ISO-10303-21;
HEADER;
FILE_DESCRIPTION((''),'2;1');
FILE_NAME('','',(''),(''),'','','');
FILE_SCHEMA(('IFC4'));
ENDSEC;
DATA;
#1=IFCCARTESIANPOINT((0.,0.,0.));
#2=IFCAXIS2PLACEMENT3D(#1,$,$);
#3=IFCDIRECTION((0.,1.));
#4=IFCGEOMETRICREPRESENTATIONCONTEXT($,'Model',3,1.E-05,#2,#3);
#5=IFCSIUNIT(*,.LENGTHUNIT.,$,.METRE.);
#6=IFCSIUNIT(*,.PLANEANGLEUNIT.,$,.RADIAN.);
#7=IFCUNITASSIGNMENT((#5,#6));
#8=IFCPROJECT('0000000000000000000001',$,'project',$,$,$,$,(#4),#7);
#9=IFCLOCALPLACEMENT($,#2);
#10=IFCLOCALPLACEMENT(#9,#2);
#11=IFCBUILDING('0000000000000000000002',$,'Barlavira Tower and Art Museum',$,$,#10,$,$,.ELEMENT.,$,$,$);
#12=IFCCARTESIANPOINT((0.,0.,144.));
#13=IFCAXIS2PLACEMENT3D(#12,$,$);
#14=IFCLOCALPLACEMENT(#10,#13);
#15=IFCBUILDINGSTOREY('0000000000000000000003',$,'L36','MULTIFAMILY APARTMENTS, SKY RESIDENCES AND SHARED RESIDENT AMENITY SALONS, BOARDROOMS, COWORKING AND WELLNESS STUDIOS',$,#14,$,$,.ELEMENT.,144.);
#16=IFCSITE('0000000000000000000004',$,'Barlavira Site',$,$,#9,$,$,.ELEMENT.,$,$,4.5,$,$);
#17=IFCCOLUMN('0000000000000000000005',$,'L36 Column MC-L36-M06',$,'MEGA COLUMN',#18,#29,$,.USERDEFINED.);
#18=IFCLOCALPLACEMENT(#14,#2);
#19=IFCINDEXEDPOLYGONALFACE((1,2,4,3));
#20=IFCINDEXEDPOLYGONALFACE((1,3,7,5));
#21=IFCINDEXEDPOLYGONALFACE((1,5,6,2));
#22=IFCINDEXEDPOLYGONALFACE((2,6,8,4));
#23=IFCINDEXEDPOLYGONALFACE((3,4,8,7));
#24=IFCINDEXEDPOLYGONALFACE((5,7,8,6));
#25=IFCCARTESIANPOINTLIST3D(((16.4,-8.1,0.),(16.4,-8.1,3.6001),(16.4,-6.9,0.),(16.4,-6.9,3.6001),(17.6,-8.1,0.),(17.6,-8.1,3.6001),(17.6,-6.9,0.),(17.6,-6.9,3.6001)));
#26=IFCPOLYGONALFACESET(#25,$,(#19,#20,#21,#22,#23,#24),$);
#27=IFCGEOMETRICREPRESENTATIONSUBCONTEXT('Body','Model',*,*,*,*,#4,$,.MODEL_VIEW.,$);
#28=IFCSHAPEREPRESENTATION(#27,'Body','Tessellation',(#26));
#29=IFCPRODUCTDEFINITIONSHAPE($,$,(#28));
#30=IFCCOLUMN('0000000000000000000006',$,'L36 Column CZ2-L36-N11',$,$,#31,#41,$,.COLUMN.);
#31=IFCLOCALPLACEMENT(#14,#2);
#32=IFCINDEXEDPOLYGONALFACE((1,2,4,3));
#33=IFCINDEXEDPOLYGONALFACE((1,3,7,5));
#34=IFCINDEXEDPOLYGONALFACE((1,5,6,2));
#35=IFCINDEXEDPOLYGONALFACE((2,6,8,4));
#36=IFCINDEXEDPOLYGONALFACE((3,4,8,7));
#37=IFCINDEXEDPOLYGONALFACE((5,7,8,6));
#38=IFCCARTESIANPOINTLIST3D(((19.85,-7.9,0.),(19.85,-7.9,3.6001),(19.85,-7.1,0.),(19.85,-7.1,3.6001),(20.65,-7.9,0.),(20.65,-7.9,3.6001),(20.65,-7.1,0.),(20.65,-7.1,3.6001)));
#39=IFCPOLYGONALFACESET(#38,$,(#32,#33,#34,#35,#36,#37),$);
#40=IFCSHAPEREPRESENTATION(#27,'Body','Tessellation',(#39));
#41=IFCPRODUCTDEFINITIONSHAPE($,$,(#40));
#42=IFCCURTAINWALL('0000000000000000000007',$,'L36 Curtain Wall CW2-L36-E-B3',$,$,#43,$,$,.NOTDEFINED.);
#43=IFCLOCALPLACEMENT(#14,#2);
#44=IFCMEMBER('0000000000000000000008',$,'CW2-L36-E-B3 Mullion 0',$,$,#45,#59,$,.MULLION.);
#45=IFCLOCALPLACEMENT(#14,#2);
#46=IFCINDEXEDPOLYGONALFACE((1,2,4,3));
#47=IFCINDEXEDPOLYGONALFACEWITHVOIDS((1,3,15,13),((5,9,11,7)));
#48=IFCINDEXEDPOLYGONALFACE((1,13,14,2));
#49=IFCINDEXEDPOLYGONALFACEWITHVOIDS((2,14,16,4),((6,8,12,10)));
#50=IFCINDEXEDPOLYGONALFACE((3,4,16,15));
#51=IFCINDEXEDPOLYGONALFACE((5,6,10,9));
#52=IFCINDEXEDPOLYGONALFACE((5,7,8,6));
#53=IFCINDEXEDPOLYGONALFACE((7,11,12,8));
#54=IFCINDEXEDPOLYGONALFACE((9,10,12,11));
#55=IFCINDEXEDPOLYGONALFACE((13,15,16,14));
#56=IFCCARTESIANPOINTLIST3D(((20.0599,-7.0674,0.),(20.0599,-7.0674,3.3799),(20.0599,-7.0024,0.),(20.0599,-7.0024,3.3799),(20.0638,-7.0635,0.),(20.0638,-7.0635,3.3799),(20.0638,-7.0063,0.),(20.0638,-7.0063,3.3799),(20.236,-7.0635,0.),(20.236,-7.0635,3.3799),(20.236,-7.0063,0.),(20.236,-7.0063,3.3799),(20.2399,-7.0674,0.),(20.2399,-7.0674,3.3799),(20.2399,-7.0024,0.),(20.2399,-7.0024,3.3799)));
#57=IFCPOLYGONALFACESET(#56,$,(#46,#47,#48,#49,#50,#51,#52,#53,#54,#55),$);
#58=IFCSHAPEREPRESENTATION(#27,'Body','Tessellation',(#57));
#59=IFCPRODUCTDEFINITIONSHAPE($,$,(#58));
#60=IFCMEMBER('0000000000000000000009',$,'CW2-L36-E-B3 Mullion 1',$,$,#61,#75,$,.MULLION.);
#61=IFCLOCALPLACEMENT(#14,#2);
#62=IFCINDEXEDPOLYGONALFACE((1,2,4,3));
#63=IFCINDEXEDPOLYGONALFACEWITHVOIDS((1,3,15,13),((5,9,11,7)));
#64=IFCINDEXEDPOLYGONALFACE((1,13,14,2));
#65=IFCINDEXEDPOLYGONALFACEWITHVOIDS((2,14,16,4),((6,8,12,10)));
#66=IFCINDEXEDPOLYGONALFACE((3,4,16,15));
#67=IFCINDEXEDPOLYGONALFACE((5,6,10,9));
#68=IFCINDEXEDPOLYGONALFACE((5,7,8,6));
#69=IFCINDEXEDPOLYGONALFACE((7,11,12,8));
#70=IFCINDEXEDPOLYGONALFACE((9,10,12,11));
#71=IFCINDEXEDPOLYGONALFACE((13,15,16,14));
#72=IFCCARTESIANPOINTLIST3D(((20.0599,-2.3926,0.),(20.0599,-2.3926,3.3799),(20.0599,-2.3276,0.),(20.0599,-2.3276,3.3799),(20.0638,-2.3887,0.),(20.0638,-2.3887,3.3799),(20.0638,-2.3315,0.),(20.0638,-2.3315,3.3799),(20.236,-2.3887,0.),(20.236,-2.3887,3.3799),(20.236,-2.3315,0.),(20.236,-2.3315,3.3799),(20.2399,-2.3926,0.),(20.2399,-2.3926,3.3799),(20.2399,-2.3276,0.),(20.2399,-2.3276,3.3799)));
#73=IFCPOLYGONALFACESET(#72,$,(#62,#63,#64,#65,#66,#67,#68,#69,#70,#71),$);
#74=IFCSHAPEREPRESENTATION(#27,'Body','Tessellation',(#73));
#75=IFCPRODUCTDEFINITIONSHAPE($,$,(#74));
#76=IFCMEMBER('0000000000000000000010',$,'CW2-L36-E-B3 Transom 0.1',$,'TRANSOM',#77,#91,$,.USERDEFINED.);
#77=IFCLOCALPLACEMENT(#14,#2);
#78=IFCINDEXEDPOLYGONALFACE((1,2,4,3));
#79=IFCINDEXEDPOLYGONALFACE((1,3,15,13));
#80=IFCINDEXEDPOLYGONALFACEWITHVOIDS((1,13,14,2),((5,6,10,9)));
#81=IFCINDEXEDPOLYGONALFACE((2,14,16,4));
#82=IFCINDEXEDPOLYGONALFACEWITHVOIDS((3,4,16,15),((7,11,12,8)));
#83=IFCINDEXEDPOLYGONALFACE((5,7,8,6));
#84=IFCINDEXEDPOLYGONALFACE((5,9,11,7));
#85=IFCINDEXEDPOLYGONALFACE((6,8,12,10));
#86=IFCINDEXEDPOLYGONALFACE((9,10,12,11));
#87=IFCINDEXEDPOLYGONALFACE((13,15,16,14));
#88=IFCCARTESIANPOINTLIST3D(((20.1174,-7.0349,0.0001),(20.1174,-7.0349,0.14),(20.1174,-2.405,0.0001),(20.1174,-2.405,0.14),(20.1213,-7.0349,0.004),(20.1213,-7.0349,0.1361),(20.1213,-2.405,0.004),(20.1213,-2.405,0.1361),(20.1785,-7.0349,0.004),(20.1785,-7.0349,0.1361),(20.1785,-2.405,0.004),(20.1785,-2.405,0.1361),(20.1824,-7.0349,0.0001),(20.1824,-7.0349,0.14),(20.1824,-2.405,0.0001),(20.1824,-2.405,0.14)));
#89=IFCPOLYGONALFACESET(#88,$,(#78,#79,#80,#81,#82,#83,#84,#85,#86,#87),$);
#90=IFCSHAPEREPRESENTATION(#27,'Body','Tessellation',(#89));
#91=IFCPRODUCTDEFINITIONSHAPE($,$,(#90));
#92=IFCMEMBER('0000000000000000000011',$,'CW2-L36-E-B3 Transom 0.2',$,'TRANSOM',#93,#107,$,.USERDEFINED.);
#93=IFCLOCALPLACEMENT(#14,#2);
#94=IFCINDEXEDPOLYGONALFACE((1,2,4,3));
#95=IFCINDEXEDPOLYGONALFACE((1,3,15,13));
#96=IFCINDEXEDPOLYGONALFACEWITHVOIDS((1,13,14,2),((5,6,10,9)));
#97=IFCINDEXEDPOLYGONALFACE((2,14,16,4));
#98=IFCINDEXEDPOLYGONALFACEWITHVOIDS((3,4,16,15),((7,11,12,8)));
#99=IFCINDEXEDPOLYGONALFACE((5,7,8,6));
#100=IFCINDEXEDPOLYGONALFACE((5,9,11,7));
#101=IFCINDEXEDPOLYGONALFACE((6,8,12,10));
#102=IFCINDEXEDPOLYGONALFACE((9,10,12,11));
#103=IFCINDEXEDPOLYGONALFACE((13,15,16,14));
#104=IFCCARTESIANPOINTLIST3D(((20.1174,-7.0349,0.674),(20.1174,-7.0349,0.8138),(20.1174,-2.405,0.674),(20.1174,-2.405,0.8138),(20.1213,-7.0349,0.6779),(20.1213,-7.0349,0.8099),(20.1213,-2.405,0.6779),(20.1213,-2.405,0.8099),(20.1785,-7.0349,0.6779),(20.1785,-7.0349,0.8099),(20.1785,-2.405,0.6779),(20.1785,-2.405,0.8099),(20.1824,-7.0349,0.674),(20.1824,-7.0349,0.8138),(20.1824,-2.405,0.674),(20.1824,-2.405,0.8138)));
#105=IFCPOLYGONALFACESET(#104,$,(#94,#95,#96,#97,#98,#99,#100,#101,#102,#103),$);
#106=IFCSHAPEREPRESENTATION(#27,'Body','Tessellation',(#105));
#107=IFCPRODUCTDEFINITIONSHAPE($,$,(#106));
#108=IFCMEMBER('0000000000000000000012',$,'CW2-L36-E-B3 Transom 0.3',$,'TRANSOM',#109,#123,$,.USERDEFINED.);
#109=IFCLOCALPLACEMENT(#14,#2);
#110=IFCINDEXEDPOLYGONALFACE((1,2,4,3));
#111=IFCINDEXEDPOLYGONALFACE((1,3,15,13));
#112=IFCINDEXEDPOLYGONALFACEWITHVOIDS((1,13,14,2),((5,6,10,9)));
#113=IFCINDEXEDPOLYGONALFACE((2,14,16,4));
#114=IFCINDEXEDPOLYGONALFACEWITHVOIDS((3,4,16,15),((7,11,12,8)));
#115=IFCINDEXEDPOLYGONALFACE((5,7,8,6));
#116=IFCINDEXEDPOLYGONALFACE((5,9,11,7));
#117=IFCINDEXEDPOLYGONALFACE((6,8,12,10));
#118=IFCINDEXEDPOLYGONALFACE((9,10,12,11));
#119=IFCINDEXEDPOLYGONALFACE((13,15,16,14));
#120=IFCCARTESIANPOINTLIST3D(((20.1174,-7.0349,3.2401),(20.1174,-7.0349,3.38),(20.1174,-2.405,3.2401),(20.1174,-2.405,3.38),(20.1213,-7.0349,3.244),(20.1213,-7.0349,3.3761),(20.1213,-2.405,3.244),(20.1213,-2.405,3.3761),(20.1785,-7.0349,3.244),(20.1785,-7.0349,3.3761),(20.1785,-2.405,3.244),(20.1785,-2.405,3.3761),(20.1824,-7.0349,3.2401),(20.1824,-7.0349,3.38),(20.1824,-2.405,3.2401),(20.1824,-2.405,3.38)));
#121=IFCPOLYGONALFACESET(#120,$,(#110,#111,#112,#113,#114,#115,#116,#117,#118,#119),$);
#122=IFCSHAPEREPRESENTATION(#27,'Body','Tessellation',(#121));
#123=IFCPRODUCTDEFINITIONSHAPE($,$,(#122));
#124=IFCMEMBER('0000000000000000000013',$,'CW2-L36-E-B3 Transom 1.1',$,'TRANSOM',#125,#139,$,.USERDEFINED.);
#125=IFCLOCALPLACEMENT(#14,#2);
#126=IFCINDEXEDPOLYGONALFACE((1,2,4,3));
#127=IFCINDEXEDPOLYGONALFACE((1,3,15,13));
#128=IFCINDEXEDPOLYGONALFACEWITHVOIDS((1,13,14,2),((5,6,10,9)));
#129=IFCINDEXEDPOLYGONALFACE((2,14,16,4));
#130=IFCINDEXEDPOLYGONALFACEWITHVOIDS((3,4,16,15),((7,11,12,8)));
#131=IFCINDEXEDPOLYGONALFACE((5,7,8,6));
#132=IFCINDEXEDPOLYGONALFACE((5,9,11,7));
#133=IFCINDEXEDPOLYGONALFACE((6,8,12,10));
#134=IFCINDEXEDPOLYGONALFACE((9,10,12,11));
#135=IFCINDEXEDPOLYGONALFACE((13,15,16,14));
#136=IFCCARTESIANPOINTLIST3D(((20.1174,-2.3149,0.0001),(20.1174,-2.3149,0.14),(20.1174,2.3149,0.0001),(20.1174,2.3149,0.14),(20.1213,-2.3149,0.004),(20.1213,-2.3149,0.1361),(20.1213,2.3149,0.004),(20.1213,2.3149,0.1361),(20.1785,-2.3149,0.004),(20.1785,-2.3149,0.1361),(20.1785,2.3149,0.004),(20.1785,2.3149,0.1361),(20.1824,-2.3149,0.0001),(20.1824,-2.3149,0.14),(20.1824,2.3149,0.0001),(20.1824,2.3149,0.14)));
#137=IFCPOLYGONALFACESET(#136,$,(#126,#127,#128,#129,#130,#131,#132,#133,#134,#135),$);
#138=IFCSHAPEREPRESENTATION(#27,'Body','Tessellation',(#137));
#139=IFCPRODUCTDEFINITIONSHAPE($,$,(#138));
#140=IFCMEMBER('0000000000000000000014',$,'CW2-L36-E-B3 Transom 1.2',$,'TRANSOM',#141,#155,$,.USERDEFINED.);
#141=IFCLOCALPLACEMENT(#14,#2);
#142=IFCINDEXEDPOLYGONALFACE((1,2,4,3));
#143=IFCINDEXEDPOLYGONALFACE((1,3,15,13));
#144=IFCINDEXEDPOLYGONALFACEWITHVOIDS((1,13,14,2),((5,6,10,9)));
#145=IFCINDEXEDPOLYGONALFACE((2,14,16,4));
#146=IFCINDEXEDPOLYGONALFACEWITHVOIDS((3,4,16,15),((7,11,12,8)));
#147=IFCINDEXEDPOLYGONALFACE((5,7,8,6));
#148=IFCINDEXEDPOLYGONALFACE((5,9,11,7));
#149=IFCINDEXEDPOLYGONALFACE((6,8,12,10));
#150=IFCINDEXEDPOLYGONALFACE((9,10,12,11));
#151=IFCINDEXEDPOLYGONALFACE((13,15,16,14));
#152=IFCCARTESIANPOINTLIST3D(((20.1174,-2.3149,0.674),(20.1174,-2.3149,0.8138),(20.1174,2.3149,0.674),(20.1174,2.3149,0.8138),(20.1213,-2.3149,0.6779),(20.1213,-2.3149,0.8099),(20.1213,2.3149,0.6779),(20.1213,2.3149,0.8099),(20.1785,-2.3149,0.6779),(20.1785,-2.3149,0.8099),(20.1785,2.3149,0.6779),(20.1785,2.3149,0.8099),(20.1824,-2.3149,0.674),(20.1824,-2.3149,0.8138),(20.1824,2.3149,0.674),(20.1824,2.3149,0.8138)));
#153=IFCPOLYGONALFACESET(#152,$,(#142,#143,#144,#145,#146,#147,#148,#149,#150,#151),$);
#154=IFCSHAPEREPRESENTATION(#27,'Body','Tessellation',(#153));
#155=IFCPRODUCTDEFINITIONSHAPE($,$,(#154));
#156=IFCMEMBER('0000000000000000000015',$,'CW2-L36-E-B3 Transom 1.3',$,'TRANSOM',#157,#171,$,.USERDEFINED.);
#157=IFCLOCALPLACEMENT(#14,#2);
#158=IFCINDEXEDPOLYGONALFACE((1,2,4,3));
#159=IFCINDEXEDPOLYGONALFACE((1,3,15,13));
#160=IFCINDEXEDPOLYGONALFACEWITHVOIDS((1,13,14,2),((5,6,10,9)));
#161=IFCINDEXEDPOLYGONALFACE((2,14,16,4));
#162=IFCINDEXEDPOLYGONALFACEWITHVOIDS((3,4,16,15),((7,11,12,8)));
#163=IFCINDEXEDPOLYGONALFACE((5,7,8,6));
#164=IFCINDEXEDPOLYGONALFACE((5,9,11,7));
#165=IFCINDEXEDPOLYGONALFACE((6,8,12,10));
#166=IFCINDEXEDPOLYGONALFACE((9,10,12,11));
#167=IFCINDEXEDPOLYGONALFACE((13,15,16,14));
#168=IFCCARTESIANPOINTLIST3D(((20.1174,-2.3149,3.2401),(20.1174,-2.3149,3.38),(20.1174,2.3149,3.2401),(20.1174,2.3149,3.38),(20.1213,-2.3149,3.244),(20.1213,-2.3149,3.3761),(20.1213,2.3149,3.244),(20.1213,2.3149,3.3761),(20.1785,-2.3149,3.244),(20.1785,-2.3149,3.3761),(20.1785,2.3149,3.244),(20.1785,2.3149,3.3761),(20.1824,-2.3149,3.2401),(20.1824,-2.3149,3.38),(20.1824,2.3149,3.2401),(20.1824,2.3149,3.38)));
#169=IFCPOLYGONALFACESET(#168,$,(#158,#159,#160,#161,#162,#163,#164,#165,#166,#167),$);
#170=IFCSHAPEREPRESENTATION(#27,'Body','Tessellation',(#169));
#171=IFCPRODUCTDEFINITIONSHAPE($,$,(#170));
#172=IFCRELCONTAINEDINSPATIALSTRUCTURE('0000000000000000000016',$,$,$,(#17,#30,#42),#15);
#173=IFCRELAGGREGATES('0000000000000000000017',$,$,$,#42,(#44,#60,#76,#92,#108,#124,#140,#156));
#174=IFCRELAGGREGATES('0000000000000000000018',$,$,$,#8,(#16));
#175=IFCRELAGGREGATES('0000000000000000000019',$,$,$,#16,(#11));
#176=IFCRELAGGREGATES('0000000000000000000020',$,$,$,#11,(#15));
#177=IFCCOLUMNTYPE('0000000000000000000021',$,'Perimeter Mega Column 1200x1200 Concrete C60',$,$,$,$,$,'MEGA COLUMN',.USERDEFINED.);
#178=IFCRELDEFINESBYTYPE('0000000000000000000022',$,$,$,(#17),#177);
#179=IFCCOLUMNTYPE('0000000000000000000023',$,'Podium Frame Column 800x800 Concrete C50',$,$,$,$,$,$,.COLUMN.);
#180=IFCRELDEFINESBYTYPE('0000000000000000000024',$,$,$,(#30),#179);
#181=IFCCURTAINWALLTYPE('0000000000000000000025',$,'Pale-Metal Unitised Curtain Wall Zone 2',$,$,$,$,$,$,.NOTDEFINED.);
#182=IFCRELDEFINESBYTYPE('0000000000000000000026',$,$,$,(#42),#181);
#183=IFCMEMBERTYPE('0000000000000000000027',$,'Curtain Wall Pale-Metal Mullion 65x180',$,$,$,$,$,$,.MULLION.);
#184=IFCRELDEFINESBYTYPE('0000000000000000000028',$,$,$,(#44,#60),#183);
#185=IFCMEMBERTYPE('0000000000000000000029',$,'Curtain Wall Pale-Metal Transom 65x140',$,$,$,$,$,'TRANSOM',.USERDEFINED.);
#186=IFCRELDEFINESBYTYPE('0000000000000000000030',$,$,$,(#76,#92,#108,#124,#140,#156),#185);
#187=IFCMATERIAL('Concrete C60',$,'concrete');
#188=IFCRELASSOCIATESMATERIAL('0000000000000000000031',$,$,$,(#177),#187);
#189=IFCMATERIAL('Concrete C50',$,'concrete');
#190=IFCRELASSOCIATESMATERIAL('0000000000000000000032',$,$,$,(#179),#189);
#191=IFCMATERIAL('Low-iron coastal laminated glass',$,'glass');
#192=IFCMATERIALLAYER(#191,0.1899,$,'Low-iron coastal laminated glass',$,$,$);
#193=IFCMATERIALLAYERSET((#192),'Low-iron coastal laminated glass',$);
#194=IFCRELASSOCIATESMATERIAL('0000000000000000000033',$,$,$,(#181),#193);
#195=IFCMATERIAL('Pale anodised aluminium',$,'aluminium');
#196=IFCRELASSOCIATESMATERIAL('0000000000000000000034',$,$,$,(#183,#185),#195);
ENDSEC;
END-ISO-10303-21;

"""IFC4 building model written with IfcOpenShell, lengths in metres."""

from ifc_helpers import new_model, si_unit, direction, frame, origin, origin_2d, place, context, subcontext, project, spatial, rectangle, hollow_rectangle, extrude, material, layer, layer_set, material_profile, profile_set, type_object, element, aggregate, save


model = new_model("IFC4")

# Units and contexts
model_context = context("Model", 3, precision=1e-05, world=origin(), true_north=direction((0.0, 1.0)))
body_context = subcontext(model_context, "Body", "Model", "MODEL_VIEW")
ifc_project = project(units=[si_unit("LENGTHUNIT", "METRE"), si_unit("PLANEANGLEUNIT", "RADIAN")], contexts=[model_context])

# Site, building, storey
site_placement = place(None, origin())
site = spatial("IfcSite", under=ifc_project, at=site_placement, Name="Barlavira Site", CompositionType="ELEMENT", RefElevation=4.5)
building_placement = place(site_placement, origin())
building = spatial("IfcBuilding", under=site, at=building_placement, Name="Barlavira Tower and Art Museum", CompositionType="ELEMENT")
storey_placement = place(building_placement, frame((0.0, 0.0, 144.0)))
storey = spatial("IfcBuildingStorey", under=building, at=storey_placement, Name="L36", Description="MULTIFAMILY APARTMENTS, SKY RESIDENCES AND SHARED RESIDENT AMENITY SALONS, BOARDROOMS, COWORKING AND WELLNESS STUDIOS", CompositionType="ELEMENT", Elevation=144.0)

# Columns
ifc_material_1 = material(Name="Concrete C60", Category="concrete")
ifc_material_profile_1 = material_profile(ifc_material_1, rectangle(XDim=1.2, YDim=1.2, at=origin_2d()), Name="RC-COL 1200x1200")
ifc_profile_set_1 = profile_set([ifc_material_profile_1], Name="Concrete C60")
column_type_1 = type_object("IfcColumnType", Name="Perimeter Mega Column 1200x1200 Concrete C60", ElementType="MEGA COLUMN", PredefinedType="USERDEFINED", material=ifc_profile_set_1)
column_1_placement = place(storey_placement, frame((17.0, -7.5, 0.0), z_axis=(0.0, 0.0, 1.0), x_axis=(1.0, 0.0, 0.0)))
element("IfcColumn", 1, at=column_1_placement, inside=storey, type_object=column_type_1, Name="L36 Column MC-L36-M06", ObjectType="MEGA COLUMN", PredefinedType="USERDEFINED", context=body_context, shape_type="SweptSolid", body=[
    extrude(rectangle(XDim=1.2, YDim=1.2, at=origin_2d()), origin(), (0.0, 0.0, 1.0), 3.6001),
])
ifc_material_2 = material(Name="Concrete C50", Category="concrete")
ifc_material_profile_2 = material_profile(ifc_material_2, rectangle(XDim=0.8, YDim=0.8, at=origin_2d()), Name="RC-COL 800x800")
ifc_profile_set_2 = profile_set([ifc_material_profile_2], Name="Concrete C50")
column_type_2 = type_object("IfcColumnType", Name="Podium Frame Column 800x800 Concrete C50", PredefinedType="COLUMN", material=ifc_profile_set_2)
column_2_placement = place(storey_placement, frame((20.25, -7.5, 0.0), z_axis=(0.0, 0.0, 1.0), x_axis=(1.0, 0.0, 0.0)))
element("IfcColumn", 2, at=column_2_placement, inside=storey, type_object=column_type_2, Name="L36 Column CZ2-L36-N11", PredefinedType="COLUMN", context=body_context, shape_type="SweptSolid", body=[
    extrude(rectangle(XDim=0.8, YDim=0.8, at=origin_2d()), origin(), (0.0, 0.0, 1.0), 3.6001),
])

# Curtain wall, members
ifc_material_3 = material(Name="Low-iron coastal laminated glass", Category="glass")
ifc_layer_1 = layer(ifc_material_3, 0.1899, Name="Low-iron coastal laminated glass")
ifc_layer_set_1 = layer_set([ifc_layer_1], Name="Low-iron coastal laminated glass")
curtain_wall_type = type_object("IfcCurtainWallType", Name="Pale-Metal Unitised Curtain Wall Zone 2", PredefinedType="NOTDEFINED", material=ifc_layer_set_1)
curtain_wall_placement = place(storey_placement, origin())
curtain_wall = element("IfcCurtainWall", 3, at=curtain_wall_placement, inside=storey, type_object=curtain_wall_type, Name="L36 Curtain Wall CW2-L36-E-B3", PredefinedType="NOTDEFINED")
ifc_material_4 = material(Name="Pale anodised aluminium", Category="aluminium")
ifc_material_profile_3 = material_profile(ifc_material_4, hollow_rectangle(XDim=0.0649, YDim=0.1799, WallThickness=0.0039, at=origin_2d()), Name="ALU-MULL 65x180x4")
ifc_profile_set_3 = profile_set([ifc_material_profile_3], Name="Pale anodised aluminium")
member_type_1 = type_object("IfcMemberType", Name="Curtain Wall Pale-Metal Mullion 65x180", PredefinedType="MULLION", material=ifc_profile_set_3)
member_1_placement = place(storey_placement, frame((20.1499, -7.0349, 0.0), z_axis=(0.0, 0.0, 1.0), x_axis=(0.0, 1.0, 0.0)))
member_1 = element("IfcMember", 4, at=member_1_placement, type_object=member_type_1, Name="CW2-L36-E-B3 Mullion 0", PredefinedType="MULLION", context=body_context, shape_type="SweptSolid", body=[
    extrude(hollow_rectangle(XDim=0.0649, YDim=0.1799, WallThickness=0.0039, at=origin_2d()), origin(), (0.0, 0.0, 1.0), 3.3799),
])
member_2_placement = place(storey_placement, frame((20.1499, -2.3601, 0.0), z_axis=(0.0, 0.0, 1.0), x_axis=(0.0, 1.0, 0.0)))
member_2 = element("IfcMember", 5, at=member_2_placement, type_object=member_type_1, Name="CW2-L36-E-B3 Mullion 1", PredefinedType="MULLION", context=body_context, shape_type="SweptSolid", body=[
    extrude(hollow_rectangle(XDim=0.0649, YDim=0.1799, WallThickness=0.0039, at=origin_2d()), origin(), (0.0, 0.0, 1.0), 3.3799),
])
ifc_material_profile_4 = material_profile(ifc_material_4, hollow_rectangle(XDim=0.0649, YDim=0.1399, WallThickness=0.0039, at=origin_2d()), Name="ALU-TRAN 65x140x4")
ifc_profile_set_4 = profile_set([ifc_material_profile_4], Name="Pale anodised aluminium")
member_type_2 = type_object("IfcMemberType", Name="Curtain Wall Pale-Metal Transom 65x140", ElementType="TRANSOM", PredefinedType="USERDEFINED", material=ifc_profile_set_4)
member_3_placement = place(storey_placement, frame((20.1499, -7.0349, 0.0701), z_axis=(0.0, 1.0, 0.0), x_axis=(-1.0, 0.0, 0.0)))
member_3 = element("IfcMember", 6, at=member_3_placement, type_object=member_type_2, Name="CW2-L36-E-B3 Transom 0.1", ObjectType="TRANSOM", PredefinedType="USERDEFINED", context=body_context, shape_type="SweptSolid", body=[
    extrude(hollow_rectangle(XDim=0.0649, YDim=0.1399, WallThickness=0.0039, at=origin_2d()), origin(), (0.0, 0.0, 1.0), 4.6299),
])
member_4_placement = place(storey_placement, frame((20.1499, -7.0349, 0.7439), z_axis=(0.0, 1.0, 0.0), x_axis=(-1.0, 0.0, 0.0)))
member_4 = element("IfcMember", 7, at=member_4_placement, type_object=member_type_2, Name="CW2-L36-E-B3 Transom 0.2", ObjectType="TRANSOM", PredefinedType="USERDEFINED", context=body_context, shape_type="SweptSolid", body=[
    extrude(hollow_rectangle(XDim=0.0649, YDim=0.1399, WallThickness=0.0039, at=origin_2d()), origin(), (0.0, 0.0, 1.0), 4.6299),
])
member_5_placement = place(storey_placement, frame((20.1499, -7.0349, 3.3101), z_axis=(0.0, 1.0, 0.0), x_axis=(-1.0, 0.0, 0.0)))
member_5 = element("IfcMember", 8, at=member_5_placement, type_object=member_type_2, Name="CW2-L36-E-B3 Transom 0.3", ObjectType="TRANSOM", PredefinedType="USERDEFINED", context=body_context, shape_type="SweptSolid", body=[
    extrude(hollow_rectangle(XDim=0.0649, YDim=0.1399, WallThickness=0.0039, at=origin_2d()), origin(), (0.0, 0.0, 1.0), 4.6299),
])
member_6_placement = place(storey_placement, frame((20.1499, -2.3149, 0.0701), z_axis=(0.0, 1.0, 0.0), x_axis=(-1.0, 0.0, 0.0)))
member_6 = element("IfcMember", 9, at=member_6_placement, type_object=member_type_2, Name="CW2-L36-E-B3 Transom 1.1", ObjectType="TRANSOM", PredefinedType="USERDEFINED", context=body_context, shape_type="SweptSolid", body=[
    extrude(hollow_rectangle(XDim=0.0649, YDim=0.1399, WallThickness=0.0039, at=origin_2d()), origin(), (0.0, 0.0, 1.0), 4.6299),
])
member_7_placement = place(storey_placement, frame((20.1499, -2.3149, 0.7439), z_axis=(0.0, 1.0, 0.0), x_axis=(-1.0, 0.0, 0.0)))
member_7 = element("IfcMember", 10, at=member_7_placement, type_object=member_type_2, Name="CW2-L36-E-B3 Transom 1.2", ObjectType="TRANSOM", PredefinedType="USERDEFINED", context=body_context, shape_type="SweptSolid", body=[
    extrude(hollow_rectangle(XDim=0.0649, YDim=0.1399, WallThickness=0.0039, at=origin_2d()), origin(), (0.0, 0.0, 1.0), 4.6299),
])
member_8_placement = place(storey_placement, frame((20.1499, -2.3149, 3.3101), z_axis=(0.0, 1.0, 0.0), x_axis=(-1.0, 0.0, 0.0)))
member_8 = element("IfcMember", 11, at=member_8_placement, type_object=member_type_2, Name="CW2-L36-E-B3 Transom 1.3", ObjectType="TRANSOM", PredefinedType="USERDEFINED", context=body_context, shape_type="SweptSolid", body=[
    extrude(hollow_rectangle(XDim=0.0649, YDim=0.1399, WallThickness=0.0039, at=origin_2d()), origin(), (0.0, 0.0, 1.0), 4.6299),
])

aggregate(curtain_wall, [member_1, member_2, member_3, member_4, member_5, member_6, member_7, member_8])

save(model, "model.ifc")
